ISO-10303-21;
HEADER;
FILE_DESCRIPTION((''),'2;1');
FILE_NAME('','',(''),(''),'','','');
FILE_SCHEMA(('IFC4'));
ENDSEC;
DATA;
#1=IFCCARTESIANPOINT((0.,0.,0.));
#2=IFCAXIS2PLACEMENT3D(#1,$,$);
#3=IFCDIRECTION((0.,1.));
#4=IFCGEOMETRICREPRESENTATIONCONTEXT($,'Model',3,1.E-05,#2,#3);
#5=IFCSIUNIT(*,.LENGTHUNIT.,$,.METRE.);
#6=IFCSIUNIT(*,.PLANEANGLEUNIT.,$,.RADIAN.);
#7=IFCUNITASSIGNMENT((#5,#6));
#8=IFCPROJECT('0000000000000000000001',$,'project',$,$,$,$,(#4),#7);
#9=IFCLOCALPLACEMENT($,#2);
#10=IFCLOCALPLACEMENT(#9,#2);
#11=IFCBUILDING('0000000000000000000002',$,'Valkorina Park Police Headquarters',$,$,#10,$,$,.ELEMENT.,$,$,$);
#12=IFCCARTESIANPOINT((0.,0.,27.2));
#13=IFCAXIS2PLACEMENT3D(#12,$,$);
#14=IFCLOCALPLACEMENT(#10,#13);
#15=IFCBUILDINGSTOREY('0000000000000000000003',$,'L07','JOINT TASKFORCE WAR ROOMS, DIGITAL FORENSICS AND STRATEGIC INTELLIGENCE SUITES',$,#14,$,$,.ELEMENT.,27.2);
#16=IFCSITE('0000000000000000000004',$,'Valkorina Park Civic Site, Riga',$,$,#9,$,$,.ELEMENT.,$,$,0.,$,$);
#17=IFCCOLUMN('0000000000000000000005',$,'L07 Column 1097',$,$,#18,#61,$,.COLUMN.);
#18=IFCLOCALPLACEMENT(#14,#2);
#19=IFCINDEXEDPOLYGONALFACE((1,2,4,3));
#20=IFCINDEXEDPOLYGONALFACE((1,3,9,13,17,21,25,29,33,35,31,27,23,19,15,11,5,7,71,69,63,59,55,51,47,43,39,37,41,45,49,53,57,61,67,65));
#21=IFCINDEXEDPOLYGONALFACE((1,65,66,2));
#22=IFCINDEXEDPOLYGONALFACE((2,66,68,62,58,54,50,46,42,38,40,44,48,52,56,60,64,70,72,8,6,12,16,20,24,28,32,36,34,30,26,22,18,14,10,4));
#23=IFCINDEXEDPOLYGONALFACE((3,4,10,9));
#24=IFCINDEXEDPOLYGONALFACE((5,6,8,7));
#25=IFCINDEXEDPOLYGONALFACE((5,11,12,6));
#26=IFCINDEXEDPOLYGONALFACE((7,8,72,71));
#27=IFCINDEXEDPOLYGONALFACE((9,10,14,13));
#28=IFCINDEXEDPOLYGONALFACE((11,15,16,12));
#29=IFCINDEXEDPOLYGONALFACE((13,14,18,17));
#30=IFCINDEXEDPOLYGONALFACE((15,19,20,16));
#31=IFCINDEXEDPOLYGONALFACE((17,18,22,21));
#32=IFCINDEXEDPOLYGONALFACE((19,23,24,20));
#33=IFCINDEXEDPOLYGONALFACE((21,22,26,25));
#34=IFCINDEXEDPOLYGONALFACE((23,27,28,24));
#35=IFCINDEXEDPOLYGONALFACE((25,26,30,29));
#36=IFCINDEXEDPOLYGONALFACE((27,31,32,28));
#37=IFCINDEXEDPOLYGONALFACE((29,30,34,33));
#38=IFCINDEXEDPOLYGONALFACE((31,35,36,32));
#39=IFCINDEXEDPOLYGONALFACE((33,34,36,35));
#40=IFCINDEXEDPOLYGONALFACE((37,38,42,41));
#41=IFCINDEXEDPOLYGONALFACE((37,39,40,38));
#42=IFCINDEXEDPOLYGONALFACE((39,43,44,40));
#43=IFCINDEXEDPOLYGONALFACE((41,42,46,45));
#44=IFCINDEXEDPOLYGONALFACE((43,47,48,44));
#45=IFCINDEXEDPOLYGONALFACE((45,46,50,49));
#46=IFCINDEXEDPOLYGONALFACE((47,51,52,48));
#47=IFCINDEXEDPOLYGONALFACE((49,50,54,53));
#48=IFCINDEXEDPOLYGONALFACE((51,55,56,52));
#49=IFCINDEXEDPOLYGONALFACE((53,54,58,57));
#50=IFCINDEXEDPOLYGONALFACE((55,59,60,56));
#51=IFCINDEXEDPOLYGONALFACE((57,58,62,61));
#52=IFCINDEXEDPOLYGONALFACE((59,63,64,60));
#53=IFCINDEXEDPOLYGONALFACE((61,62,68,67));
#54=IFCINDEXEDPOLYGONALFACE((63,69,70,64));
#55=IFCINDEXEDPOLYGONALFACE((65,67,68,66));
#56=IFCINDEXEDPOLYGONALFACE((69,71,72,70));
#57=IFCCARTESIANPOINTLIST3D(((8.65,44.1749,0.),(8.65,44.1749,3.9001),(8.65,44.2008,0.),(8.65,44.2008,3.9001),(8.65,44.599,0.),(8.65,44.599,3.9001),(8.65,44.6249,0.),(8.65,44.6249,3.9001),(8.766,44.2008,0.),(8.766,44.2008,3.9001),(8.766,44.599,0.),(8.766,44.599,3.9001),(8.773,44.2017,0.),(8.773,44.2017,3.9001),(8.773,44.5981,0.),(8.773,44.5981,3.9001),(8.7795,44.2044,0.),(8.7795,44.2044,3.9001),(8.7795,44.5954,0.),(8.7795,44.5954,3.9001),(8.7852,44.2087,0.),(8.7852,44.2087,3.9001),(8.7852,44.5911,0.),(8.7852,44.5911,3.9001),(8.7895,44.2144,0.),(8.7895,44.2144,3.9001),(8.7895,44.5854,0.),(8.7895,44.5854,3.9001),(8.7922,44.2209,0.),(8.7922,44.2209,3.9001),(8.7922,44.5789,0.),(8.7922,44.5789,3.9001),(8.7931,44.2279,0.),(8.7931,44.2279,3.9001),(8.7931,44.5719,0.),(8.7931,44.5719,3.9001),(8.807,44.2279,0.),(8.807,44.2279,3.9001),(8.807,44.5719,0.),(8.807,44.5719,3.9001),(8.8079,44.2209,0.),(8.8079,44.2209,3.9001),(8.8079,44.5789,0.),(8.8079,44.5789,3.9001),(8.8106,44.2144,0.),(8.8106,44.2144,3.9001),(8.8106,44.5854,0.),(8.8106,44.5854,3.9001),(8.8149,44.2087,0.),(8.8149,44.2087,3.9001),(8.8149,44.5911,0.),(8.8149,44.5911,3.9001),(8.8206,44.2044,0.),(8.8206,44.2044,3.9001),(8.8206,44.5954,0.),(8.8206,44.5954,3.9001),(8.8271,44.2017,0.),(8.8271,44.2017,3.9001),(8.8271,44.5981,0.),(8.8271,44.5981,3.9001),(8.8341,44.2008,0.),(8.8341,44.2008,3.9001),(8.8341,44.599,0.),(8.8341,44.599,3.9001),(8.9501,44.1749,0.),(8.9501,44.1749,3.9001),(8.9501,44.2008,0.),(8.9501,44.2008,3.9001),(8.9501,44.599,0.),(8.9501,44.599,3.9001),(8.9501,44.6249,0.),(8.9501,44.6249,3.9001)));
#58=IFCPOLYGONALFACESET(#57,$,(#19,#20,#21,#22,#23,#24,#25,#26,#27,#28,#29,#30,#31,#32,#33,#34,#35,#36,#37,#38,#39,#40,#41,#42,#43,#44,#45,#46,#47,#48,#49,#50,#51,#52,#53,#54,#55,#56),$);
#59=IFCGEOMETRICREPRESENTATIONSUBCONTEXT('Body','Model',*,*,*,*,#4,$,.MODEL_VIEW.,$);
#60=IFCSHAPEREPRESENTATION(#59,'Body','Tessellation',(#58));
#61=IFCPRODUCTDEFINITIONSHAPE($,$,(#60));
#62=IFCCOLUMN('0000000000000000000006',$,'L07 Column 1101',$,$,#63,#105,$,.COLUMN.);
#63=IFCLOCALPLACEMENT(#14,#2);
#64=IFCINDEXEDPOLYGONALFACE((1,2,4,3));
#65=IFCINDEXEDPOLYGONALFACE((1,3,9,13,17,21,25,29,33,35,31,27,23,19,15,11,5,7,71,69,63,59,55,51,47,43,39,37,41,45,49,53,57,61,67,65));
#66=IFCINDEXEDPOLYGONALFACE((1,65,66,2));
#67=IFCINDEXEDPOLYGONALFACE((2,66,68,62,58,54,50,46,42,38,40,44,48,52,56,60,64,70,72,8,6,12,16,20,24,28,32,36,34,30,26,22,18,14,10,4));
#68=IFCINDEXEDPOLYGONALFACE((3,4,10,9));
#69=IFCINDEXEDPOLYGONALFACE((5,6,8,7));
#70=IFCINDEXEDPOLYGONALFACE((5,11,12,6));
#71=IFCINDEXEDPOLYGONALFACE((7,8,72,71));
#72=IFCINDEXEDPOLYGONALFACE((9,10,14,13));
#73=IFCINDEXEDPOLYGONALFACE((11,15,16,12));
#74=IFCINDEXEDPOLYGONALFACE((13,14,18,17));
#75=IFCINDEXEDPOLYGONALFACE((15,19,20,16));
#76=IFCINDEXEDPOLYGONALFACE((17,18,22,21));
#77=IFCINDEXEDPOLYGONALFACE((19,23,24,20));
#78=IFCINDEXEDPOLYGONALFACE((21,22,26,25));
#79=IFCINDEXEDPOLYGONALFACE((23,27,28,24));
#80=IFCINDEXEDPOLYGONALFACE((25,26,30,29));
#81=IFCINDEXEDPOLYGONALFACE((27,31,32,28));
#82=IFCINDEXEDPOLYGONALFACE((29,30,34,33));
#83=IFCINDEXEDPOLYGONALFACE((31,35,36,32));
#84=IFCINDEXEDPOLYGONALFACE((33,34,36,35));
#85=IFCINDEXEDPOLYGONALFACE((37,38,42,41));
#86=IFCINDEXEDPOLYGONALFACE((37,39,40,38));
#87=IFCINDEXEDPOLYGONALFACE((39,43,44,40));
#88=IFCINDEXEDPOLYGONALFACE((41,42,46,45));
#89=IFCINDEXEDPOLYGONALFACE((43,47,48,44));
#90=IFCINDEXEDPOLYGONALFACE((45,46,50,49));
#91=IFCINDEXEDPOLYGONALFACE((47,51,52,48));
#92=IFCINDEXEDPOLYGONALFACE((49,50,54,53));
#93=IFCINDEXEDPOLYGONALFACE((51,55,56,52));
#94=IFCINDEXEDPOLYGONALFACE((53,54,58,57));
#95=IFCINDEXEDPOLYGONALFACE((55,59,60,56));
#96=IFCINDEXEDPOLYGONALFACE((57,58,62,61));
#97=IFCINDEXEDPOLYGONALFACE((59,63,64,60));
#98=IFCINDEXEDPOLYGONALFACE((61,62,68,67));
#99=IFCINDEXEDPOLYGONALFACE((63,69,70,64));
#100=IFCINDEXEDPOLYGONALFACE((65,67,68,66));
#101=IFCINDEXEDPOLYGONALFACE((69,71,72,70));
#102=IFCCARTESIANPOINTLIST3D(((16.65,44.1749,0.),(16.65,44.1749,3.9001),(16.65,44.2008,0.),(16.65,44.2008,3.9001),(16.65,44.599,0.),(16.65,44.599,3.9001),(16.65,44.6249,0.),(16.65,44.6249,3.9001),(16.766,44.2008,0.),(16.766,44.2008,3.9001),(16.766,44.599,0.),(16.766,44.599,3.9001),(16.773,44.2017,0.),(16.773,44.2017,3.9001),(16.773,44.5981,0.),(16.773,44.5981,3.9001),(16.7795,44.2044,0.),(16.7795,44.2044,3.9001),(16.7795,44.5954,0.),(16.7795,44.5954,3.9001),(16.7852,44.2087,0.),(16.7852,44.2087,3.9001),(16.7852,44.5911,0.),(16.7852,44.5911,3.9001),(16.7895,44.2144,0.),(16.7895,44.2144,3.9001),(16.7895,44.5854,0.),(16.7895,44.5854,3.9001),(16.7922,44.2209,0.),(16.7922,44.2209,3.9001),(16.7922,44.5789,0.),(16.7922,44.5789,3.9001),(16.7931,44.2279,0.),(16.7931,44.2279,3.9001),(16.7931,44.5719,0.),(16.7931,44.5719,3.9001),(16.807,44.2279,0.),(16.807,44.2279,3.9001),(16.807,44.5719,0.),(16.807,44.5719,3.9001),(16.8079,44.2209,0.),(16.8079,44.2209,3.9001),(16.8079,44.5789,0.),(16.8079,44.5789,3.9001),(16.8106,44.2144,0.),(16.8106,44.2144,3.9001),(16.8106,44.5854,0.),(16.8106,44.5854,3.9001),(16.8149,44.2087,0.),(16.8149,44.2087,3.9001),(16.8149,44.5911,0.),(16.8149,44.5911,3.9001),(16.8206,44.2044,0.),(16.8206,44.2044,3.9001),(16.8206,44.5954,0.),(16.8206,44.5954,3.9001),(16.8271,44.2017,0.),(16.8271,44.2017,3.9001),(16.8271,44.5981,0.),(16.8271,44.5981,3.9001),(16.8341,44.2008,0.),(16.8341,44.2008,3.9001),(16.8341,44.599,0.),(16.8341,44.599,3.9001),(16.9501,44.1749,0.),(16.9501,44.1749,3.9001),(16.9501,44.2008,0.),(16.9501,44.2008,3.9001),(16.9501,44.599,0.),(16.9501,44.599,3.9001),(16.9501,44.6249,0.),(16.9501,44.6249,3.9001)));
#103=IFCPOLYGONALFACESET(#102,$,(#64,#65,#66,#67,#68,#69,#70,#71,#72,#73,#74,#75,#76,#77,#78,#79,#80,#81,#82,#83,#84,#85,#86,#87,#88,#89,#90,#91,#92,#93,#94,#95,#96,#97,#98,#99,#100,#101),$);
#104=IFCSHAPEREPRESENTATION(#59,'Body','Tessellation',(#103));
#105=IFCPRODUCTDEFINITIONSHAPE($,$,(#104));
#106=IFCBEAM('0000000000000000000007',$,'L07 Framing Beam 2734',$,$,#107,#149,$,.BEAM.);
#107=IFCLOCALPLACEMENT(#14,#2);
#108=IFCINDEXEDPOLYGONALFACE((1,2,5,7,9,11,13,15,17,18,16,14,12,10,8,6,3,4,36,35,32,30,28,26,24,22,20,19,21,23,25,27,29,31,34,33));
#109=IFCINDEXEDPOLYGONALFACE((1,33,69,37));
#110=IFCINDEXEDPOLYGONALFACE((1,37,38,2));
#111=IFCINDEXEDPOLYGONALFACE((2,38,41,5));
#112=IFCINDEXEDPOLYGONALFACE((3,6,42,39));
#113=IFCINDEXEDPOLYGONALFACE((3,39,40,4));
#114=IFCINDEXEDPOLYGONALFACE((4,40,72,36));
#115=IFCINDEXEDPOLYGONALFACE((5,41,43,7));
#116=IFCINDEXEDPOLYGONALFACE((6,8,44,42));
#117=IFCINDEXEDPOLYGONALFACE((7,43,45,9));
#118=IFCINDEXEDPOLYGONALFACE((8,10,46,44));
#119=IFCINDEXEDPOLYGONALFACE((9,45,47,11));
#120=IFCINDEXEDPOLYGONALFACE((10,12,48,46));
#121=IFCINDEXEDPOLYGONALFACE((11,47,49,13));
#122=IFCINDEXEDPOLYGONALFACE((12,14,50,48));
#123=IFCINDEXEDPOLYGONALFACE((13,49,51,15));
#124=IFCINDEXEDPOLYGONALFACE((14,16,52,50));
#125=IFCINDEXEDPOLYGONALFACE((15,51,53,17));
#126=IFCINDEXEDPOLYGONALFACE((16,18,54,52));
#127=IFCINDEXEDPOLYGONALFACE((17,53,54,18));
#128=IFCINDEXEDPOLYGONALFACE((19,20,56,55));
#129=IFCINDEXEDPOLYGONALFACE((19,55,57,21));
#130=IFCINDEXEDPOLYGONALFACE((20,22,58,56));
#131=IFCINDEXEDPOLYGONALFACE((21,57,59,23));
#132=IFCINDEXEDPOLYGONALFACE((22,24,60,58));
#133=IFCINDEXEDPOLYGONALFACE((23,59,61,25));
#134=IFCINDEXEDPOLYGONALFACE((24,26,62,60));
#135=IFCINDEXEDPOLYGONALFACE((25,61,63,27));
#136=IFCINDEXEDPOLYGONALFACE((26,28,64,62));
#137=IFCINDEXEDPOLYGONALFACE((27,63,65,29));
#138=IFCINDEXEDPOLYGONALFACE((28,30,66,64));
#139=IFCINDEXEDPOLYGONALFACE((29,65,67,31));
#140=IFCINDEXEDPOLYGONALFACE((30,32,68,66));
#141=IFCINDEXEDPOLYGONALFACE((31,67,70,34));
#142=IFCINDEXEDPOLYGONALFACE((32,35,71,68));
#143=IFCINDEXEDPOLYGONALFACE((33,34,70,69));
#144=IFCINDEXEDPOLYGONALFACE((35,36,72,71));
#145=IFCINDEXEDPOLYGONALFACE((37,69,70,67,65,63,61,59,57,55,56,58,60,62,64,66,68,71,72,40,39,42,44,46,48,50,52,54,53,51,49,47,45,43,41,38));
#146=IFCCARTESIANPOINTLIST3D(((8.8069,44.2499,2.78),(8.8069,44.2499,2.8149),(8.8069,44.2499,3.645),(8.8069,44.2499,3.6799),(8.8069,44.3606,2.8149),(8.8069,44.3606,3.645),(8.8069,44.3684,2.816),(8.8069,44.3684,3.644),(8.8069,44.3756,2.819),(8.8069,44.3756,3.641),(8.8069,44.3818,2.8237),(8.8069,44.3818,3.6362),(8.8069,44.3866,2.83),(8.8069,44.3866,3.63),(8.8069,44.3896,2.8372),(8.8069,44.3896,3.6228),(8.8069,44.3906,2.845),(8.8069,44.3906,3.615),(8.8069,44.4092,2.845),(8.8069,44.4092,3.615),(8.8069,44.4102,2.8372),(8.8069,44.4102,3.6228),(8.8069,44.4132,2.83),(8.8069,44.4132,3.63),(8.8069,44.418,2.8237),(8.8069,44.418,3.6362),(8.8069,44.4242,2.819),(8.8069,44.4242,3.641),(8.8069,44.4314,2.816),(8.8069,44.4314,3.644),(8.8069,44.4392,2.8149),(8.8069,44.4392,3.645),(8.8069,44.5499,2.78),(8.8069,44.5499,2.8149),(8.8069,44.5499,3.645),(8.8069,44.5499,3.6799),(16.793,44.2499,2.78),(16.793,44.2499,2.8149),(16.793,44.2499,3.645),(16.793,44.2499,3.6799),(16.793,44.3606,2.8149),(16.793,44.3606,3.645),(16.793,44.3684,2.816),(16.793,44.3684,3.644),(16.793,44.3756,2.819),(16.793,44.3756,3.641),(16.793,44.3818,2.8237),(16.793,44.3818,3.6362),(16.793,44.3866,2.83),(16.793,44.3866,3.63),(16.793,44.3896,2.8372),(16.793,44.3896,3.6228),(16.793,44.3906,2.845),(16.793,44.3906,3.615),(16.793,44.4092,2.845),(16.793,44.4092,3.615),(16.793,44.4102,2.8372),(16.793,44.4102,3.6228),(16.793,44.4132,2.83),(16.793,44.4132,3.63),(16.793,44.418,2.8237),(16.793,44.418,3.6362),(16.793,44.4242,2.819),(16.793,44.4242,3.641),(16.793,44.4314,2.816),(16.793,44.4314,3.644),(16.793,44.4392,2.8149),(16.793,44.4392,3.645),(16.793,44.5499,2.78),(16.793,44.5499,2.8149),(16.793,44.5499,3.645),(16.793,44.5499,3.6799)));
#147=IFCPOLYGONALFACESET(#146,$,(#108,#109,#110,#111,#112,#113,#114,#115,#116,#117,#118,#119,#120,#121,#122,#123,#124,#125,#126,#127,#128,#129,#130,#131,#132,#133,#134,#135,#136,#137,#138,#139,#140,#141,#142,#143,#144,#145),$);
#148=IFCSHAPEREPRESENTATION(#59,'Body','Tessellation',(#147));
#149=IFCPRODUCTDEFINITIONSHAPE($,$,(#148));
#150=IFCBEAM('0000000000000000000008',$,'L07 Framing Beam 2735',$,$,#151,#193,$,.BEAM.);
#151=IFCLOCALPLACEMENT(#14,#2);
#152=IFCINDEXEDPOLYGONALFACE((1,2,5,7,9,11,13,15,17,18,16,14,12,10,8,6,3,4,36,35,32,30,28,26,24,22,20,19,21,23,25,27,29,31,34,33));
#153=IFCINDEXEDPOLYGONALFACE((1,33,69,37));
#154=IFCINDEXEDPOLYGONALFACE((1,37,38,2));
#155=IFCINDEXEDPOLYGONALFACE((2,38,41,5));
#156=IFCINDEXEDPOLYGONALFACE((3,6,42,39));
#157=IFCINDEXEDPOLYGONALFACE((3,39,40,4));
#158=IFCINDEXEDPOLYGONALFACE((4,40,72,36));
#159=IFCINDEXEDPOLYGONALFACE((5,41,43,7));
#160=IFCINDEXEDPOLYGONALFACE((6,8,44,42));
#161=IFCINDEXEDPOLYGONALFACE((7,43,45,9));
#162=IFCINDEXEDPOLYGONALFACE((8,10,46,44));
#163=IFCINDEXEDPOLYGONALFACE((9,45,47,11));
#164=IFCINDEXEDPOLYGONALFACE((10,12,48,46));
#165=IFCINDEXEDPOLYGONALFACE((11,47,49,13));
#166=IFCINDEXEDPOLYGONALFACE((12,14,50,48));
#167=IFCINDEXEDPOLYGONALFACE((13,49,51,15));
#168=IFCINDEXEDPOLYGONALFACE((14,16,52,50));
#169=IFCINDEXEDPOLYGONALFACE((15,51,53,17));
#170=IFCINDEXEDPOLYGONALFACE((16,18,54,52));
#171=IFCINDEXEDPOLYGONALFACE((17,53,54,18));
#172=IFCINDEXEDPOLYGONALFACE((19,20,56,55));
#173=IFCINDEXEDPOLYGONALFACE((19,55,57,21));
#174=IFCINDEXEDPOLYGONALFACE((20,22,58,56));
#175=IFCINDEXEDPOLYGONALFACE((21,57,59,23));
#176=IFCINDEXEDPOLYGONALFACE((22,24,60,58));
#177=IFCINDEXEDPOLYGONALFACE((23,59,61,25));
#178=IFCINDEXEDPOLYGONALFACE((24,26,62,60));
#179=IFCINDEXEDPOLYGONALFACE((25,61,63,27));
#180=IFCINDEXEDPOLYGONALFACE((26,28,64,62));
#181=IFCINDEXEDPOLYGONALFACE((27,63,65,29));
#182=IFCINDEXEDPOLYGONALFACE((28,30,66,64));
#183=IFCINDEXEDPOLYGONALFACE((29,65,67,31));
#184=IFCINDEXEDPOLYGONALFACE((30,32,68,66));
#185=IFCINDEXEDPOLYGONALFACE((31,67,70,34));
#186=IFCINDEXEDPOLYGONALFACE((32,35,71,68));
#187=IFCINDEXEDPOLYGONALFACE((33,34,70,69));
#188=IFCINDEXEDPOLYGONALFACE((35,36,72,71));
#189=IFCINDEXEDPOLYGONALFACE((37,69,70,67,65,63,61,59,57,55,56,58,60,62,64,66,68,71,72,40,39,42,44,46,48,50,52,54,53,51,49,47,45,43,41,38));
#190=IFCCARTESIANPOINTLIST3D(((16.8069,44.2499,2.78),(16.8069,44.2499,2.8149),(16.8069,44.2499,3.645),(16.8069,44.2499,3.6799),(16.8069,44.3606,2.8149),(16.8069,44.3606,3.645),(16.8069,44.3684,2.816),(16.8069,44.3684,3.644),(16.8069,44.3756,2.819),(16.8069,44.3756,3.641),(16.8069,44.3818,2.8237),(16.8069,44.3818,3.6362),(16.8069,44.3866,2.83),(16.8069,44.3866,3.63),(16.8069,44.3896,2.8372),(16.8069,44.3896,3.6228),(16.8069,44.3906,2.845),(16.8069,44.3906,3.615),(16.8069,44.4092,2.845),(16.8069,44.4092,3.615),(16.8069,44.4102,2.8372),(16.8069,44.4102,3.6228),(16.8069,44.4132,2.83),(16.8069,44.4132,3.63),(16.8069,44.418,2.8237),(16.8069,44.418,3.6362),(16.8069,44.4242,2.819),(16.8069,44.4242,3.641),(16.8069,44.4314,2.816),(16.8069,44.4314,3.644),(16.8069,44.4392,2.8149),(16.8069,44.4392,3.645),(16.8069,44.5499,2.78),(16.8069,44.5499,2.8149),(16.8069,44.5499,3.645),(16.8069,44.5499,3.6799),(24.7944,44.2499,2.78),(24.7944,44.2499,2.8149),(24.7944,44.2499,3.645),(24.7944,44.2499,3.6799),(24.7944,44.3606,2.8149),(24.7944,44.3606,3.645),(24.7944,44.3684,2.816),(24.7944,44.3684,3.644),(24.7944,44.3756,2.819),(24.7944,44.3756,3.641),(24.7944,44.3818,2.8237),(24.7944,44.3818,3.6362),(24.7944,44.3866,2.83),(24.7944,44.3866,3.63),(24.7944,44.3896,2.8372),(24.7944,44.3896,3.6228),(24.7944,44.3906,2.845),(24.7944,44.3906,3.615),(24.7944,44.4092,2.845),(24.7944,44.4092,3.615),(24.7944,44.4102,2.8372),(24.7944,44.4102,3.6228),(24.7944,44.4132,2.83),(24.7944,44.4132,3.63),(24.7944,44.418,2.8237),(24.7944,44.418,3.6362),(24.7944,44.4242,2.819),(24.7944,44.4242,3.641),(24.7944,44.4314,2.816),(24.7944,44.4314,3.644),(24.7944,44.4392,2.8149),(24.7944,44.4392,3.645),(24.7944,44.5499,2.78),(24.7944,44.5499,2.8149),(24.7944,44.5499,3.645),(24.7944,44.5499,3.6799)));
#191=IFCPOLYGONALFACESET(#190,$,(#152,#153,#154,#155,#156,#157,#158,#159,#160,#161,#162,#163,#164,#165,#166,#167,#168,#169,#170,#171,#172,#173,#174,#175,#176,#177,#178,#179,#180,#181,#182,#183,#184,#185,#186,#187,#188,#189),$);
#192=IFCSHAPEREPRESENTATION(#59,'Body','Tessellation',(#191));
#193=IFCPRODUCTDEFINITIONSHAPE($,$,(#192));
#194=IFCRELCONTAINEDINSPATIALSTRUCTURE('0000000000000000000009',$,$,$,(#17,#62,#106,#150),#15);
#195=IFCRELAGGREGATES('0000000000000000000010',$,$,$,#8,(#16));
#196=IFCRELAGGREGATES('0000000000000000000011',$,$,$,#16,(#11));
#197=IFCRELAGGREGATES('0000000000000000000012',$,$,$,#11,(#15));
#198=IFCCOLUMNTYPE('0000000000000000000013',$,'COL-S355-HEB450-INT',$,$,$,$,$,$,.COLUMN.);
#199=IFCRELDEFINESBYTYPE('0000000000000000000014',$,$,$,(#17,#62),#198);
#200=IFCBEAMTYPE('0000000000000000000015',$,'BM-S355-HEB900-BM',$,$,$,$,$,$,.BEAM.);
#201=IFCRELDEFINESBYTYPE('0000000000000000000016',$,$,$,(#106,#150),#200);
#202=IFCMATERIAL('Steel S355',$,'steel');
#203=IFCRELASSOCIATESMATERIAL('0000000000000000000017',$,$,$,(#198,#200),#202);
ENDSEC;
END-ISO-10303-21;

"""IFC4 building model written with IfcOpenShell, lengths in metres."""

from ifc_helpers import new_model, si_unit, direction, frame, origin, origin_2d, place, context, subcontext, project, spatial, i_section, extrude, material, material_profile, profile_set, type_object, element, save


model = new_model("IFC4")

# Units and contexts
model_context = context("Model", 3, precision=1e-05, world=origin(), true_north=direction((0.0, 1.0)))
body_context = subcontext(model_context, "Body", "Model", "MODEL_VIEW")
ifc_project = project(units=[si_unit("LENGTHUNIT", "METRE"), si_unit("PLANEANGLEUNIT", "RADIAN")], contexts=[model_context])

# Site, building, storey
site_placement = place(None, origin())
site = spatial("IfcSite", under=ifc_project, at=site_placement, Name="Valkorina Park Civic Site, Riga", CompositionType="ELEMENT", RefElevation=0.0)
building_placement = place(site_placement, origin())
building = spatial("IfcBuilding", under=site, at=building_placement, Name="Valkorina Park Police Headquarters", CompositionType="ELEMENT")
storey_placement = place(building_placement, frame((0.0, 0.0, 27.2)))
storey = spatial("IfcBuildingStorey", under=building, at=storey_placement, Name="L07", Description="JOINT TASKFORCE WAR ROOMS, DIGITAL FORENSICS AND STRATEGIC INTELLIGENCE SUITES", CompositionType="ELEMENT", Elevation=27.2)

# Columns
ifc_material_1 = material(Name="Steel S355", Category="steel")
ifc_material_profile_1 = material_profile(ifc_material_1, i_section(OverallWidth=0.3, OverallDepth=0.45, WebThickness=0.0139, FlangeThickness=0.0259, FilletRadius=0.0271, at=origin_2d()), Name="HEB 450")
ifc_profile_set_1 = profile_set([ifc_material_profile_1], Name="Steel S355")
column_type = type_object("IfcColumnType", Name="COL-S355-HEB450-INT", PredefinedType="COLUMN", material=ifc_profile_set_1)
for number, where, z_axis, x_axis, name in (
    (1, (8.8, 44.3999, 0.0), (0.0, 0.0, 1.0), (1.0, 0.0, 0.0), "L07 Column 1097"),
    (2, (16.8, 44.3999, 0.0), (0.0, 0.0, 1.0), (1.0, 0.0, 0.0), "L07 Column 1101"),
):
    element("IfcColumn", number, at=place(storey_placement, frame(where, z_axis=z_axis, x_axis=x_axis)), inside=storey, type_object=column_type, Name=name, PredefinedType="COLUMN", context=body_context, shape_type="SweptSolid", body=[
        extrude(i_section(OverallWidth=0.3, OverallDepth=0.45, WebThickness=0.0139, FlangeThickness=0.0259, FilletRadius=0.0271, at=origin_2d()), origin(), (0.0, 0.0, 1.0), 3.9001),
    ])

# Beams
ifc_material_profile_2 = material_profile(ifc_material_1, i_section(OverallWidth=0.3, OverallDepth=0.8999, WebThickness=0.0186, FlangeThickness=0.0349, FilletRadius=0.03, at=origin_2d()), Name="HEB 900")
ifc_profile_set_2 = profile_set([ifc_material_profile_2], Name="Steel S355")
beam_type_1 = type_object("IfcBeamType", Name="BM-S355-HEB900-BM", PredefinedType="BEAM", material=ifc_profile_set_2)
beam_1_placement = place(storey_placement, frame((8.8069, 44.3999, 3.23), z_axis=(1.0, 0.0, 0.0), x_axis=(0.0, 1.0, 0.0)))
element("IfcBeam", 3, at=beam_1_placement, inside=storey, type_object=beam_type_1, Name="L07 Framing Beam 2734", PredefinedType="BEAM", context=body_context, shape_type="SweptSolid", body=[
    extrude(i_section(OverallWidth=0.3, OverallDepth=0.8999, WebThickness=0.0186, FlangeThickness=0.0349, FilletRadius=0.03, at=origin_2d()), origin(), (0.0, 0.0, 1.0), 7.9861),
])
beam_2_placement = place(storey_placement, frame((16.8069, 44.3999, 3.23), z_axis=(1.0, 0.0, 0.0), x_axis=(0.0, 1.0, 0.0)))
element("IfcBeam", 4, at=beam_2_placement, inside=storey, type_object=beam_type_1, Name="L07 Framing Beam 2735", PredefinedType="BEAM", context=body_context, shape_type="SweptSolid", body=[
    extrude(i_section(OverallWidth=0.3, OverallDepth=0.8999, WebThickness=0.0186, FlangeThickness=0.0349, FilletRadius=0.03, at=origin_2d()), origin(), (0.0, 0.0, 1.0), 7.9875),
])

save(model, "model.ifc")
